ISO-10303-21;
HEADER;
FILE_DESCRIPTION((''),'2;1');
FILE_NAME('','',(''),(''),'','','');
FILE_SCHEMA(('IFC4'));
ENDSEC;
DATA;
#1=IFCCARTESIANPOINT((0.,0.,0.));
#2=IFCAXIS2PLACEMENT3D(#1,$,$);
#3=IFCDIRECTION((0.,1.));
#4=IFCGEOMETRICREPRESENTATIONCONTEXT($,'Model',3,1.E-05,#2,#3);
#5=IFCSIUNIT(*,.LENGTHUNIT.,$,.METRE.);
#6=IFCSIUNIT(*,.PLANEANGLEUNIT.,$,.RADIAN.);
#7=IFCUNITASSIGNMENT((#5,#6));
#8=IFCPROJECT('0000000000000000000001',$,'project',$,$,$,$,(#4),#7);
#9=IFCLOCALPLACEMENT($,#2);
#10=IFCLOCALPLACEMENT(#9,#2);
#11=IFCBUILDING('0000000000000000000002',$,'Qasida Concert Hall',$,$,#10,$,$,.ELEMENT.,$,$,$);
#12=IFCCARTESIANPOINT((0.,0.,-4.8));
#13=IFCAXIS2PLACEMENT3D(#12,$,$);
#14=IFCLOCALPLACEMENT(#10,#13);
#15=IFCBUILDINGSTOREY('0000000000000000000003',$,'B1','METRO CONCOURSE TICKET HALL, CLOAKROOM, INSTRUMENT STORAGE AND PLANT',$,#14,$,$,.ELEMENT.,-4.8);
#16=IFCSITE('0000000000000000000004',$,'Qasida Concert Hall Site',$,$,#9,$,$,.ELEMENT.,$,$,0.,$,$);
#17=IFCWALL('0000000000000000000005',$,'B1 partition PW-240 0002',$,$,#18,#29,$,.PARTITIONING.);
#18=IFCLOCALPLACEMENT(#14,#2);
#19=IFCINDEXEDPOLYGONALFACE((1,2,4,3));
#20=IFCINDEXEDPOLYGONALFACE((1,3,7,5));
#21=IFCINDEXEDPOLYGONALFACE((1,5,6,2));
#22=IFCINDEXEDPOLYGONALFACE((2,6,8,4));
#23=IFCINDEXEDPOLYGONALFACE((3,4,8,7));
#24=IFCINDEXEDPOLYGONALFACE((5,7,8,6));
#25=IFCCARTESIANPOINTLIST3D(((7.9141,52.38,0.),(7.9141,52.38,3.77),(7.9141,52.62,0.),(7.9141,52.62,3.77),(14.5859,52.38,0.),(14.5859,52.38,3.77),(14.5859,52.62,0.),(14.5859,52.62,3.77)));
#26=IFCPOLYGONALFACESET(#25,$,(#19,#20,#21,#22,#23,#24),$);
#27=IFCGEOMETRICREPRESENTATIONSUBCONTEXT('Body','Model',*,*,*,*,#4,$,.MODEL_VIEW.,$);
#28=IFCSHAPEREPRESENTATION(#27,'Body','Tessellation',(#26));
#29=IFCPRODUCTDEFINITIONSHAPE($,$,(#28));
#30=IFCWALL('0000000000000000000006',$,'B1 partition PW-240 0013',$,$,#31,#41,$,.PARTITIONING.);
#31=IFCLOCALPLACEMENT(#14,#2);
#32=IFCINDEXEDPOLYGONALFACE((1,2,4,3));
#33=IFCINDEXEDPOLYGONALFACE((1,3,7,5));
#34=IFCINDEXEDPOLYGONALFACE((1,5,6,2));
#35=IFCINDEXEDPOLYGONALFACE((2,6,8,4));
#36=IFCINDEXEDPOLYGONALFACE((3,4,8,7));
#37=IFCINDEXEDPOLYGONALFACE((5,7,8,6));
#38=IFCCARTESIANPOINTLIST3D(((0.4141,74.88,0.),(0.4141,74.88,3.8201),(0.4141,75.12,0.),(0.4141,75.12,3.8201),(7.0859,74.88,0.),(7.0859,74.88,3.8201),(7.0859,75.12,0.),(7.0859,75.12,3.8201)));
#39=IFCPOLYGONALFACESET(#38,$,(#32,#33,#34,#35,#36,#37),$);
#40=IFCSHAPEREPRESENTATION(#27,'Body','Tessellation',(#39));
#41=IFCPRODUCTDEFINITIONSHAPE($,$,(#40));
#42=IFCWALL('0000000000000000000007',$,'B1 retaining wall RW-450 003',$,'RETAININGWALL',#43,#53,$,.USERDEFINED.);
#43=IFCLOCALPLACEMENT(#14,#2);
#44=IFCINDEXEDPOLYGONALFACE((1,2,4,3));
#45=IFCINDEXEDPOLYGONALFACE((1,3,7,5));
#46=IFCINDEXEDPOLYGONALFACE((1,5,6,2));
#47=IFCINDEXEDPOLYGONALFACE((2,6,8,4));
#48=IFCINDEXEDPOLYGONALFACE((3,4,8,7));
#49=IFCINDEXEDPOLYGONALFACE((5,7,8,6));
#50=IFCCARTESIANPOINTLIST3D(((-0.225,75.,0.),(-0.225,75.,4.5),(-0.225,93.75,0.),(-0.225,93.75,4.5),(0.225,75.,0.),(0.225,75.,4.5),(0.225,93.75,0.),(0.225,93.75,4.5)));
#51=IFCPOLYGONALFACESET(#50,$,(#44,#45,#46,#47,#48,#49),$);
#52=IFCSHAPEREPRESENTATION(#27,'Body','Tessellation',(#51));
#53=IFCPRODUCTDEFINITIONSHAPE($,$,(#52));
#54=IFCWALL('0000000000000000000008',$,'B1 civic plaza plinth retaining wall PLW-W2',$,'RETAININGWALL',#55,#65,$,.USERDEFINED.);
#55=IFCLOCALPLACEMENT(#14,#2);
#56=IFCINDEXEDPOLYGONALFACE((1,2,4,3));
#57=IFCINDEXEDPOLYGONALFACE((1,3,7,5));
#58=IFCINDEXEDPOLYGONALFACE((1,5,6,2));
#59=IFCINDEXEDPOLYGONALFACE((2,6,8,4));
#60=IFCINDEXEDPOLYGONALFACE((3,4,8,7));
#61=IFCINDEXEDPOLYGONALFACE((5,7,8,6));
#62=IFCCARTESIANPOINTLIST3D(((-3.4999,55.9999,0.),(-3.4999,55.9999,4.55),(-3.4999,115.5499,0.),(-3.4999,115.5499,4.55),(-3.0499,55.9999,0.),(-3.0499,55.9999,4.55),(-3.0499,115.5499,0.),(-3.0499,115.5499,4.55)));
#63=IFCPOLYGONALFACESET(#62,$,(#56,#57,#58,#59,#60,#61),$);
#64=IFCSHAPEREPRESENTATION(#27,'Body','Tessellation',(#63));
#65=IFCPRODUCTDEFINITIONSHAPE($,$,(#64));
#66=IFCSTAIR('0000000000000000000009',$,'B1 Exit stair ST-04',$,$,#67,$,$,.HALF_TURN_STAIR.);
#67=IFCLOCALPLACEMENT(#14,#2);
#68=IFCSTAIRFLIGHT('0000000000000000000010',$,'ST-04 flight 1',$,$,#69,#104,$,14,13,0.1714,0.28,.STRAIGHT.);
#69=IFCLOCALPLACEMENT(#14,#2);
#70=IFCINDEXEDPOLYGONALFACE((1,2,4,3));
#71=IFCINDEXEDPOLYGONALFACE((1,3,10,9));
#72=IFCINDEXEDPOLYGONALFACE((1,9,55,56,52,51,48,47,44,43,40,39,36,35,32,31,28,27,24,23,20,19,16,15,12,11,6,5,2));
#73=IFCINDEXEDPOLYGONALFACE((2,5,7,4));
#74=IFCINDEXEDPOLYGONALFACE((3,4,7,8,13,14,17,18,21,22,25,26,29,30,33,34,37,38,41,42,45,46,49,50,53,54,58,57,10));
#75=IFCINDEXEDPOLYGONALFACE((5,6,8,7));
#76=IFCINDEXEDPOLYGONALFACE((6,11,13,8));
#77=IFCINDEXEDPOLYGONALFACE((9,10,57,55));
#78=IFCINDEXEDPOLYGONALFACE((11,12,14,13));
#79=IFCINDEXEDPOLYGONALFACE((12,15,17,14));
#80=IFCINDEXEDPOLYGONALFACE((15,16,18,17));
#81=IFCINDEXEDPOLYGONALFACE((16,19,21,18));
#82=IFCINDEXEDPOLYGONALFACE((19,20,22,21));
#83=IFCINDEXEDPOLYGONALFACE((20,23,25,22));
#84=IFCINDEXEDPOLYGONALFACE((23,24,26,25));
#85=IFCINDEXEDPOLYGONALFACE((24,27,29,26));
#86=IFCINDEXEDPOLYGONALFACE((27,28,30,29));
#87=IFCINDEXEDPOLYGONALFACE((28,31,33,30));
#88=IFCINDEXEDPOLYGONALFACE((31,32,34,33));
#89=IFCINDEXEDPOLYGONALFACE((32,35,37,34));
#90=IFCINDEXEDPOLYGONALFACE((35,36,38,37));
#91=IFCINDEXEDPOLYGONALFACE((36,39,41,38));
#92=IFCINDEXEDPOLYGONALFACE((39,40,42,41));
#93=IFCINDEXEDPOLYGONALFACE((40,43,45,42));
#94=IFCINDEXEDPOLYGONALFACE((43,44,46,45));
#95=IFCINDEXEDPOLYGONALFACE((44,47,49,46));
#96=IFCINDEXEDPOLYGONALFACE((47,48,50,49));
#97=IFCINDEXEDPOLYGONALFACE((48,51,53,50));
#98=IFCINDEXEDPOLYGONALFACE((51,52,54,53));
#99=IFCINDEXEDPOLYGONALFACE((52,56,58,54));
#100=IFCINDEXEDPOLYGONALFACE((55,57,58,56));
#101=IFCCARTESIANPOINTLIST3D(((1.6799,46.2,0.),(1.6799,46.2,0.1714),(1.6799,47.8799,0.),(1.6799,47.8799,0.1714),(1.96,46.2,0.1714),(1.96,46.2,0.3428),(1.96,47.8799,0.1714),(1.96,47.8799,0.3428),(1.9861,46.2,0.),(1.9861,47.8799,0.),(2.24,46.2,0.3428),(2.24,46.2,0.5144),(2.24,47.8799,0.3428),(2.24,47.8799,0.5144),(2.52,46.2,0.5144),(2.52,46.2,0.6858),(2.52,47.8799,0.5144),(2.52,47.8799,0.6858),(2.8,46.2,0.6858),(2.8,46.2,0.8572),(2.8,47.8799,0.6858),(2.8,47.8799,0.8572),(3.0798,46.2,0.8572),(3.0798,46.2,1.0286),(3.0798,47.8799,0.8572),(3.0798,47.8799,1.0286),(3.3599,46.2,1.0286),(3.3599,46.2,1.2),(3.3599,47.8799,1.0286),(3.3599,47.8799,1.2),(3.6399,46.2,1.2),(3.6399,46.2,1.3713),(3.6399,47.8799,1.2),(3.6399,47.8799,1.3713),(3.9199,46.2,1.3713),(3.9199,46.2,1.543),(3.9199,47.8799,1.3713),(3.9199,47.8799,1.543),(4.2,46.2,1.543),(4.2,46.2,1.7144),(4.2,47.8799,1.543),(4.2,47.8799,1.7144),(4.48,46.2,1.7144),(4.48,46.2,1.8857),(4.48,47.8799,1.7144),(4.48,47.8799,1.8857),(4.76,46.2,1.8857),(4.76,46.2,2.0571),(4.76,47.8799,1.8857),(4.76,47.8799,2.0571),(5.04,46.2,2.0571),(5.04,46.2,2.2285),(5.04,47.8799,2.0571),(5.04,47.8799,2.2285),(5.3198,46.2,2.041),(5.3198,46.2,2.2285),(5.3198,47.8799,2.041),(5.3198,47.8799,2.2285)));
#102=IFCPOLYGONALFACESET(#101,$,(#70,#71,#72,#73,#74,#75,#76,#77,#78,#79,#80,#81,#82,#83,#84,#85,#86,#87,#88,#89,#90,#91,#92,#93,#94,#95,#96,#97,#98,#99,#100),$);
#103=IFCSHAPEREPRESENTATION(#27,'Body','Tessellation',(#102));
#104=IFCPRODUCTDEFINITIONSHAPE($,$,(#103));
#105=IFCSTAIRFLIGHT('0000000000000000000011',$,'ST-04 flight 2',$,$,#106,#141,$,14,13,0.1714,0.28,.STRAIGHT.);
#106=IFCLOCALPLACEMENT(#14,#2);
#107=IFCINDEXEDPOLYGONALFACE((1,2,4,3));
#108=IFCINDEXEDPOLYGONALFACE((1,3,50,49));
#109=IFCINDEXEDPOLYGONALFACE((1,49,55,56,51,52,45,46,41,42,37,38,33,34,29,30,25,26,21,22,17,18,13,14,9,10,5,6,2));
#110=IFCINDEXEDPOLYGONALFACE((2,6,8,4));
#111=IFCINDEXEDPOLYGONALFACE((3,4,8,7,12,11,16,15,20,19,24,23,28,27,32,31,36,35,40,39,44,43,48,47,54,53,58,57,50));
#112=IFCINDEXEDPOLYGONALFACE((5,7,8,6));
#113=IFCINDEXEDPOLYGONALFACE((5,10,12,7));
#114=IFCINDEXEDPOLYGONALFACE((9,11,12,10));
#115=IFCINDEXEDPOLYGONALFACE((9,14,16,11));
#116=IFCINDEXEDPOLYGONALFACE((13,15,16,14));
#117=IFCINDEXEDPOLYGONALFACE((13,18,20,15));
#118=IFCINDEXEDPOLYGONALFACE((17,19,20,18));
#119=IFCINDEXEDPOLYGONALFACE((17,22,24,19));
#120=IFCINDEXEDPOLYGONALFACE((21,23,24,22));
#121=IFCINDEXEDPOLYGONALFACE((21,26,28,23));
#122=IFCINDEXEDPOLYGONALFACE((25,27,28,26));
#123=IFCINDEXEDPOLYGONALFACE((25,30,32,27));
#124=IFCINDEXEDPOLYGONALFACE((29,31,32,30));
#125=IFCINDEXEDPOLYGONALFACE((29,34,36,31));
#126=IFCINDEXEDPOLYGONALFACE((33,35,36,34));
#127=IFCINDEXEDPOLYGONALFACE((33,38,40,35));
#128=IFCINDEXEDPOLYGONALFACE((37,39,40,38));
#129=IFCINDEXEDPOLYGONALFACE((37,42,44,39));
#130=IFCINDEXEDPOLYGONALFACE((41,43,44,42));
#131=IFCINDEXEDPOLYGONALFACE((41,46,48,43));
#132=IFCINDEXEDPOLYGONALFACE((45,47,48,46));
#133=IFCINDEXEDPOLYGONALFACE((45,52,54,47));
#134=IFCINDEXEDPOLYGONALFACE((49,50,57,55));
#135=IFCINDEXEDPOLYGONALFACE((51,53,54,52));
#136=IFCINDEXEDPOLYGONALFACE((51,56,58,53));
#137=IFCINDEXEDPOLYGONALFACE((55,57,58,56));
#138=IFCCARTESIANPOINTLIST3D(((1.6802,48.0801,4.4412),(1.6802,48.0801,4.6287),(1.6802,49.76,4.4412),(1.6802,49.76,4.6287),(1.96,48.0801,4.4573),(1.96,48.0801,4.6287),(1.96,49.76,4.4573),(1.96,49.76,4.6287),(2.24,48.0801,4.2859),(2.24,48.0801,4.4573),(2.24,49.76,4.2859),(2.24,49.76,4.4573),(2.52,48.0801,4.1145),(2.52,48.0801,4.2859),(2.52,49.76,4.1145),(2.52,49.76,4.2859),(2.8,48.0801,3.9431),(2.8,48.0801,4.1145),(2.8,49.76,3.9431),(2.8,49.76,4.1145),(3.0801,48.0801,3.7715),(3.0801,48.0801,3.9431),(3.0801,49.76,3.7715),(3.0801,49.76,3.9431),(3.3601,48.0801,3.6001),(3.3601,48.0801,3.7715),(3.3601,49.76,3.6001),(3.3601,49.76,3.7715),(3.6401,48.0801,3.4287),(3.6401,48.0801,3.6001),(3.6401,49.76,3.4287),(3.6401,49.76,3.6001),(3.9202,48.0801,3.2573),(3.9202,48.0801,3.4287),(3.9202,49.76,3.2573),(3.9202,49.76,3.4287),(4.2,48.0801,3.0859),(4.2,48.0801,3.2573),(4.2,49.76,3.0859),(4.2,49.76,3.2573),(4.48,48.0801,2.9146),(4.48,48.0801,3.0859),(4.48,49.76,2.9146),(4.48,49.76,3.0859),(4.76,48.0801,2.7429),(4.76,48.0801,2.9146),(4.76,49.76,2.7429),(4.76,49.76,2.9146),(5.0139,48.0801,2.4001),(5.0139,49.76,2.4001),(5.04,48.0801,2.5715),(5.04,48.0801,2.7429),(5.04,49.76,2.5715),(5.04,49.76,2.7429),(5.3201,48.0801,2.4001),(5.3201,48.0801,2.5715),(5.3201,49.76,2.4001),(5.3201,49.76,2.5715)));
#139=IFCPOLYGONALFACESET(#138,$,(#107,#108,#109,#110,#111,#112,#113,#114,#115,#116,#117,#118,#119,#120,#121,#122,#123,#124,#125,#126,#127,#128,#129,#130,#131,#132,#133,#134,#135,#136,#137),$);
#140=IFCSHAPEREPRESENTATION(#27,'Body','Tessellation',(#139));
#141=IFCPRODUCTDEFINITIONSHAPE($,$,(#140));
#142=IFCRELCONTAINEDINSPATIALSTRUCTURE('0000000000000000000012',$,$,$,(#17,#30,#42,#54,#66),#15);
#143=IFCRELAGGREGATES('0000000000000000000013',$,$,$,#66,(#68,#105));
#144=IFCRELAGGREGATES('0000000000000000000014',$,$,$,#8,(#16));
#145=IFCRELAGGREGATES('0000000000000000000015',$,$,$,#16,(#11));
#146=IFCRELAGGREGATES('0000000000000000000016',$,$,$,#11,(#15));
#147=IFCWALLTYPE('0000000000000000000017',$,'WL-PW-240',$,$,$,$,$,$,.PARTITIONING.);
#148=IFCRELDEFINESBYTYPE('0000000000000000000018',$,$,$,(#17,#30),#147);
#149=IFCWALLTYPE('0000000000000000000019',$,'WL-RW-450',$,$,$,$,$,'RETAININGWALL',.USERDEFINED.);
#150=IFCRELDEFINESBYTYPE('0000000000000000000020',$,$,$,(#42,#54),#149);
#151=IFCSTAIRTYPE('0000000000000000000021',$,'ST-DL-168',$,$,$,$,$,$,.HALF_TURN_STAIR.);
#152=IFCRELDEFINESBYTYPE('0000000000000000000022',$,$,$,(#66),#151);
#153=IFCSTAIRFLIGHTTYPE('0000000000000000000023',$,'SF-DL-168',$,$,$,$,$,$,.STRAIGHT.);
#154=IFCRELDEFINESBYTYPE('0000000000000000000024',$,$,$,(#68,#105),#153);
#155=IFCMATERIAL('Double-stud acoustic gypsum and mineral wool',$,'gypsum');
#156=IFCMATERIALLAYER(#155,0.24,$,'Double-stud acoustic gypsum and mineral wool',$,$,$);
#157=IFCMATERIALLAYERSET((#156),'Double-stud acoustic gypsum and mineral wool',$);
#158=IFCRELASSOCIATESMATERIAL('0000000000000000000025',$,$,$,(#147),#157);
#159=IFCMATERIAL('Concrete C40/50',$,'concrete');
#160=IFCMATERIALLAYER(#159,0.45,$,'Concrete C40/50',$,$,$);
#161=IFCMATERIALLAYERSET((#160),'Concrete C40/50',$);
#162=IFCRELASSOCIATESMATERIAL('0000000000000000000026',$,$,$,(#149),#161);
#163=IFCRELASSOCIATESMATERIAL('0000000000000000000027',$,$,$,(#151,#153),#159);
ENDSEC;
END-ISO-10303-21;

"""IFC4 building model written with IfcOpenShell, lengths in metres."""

from ifc_helpers import new_model, si_unit, direction, frame, frame_2d, origin, place, context, subcontext, project, spatial, polyline, rectangle, outline, extrude, material, layer, layer_set, type_object, element, aggregate, save


model = new_model("IFC4")

# Units and contexts
model_context = context("Model", 3, precision=1e-05, world=origin(), true_north=direction((0.0, 1.0)))
body_context = subcontext(model_context, "Body", "Model", "MODEL_VIEW")
ifc_project = project(units=[si_unit("LENGTHUNIT", "METRE"), si_unit("PLANEANGLEUNIT", "RADIAN")], contexts=[model_context])

# Site, building, storey
site_placement = place(None, origin())
site = spatial("IfcSite", under=ifc_project, at=site_placement, Name="Qasida Concert Hall Site", CompositionType="ELEMENT", RefElevation=0.0)
building_placement = place(site_placement, origin())
building = spatial("IfcBuilding", under=site, at=building_placement, Name="Qasida Concert Hall", CompositionType="ELEMENT")
storey_placement = place(building_placement, frame((0.0, 0.0, -4.8)))
storey = spatial("IfcBuildingStorey", under=building, at=storey_placement, Name="B1", Description="METRO CONCOURSE TICKET HALL, CLOAKROOM, INSTRUMENT STORAGE AND PLANT", CompositionType="ELEMENT", Elevation=-4.8)

# Shared definitions
ifc_material_1 = material(Name="Concrete C40/50", Category="concrete")

# Walls
ifc_material_2 = material(Name="Double-stud acoustic gypsum and mineral wool", Category="gypsum")
ifc_layer_1 = layer(ifc_material_2, 0.24, Name="Double-stud acoustic gypsum and mineral wool")
ifc_layer_set_1 = layer_set([ifc_layer_1], Name="Double-stud acoustic gypsum and mineral wool")
wall_type_1 = type_object("IfcWallType", Name="WL-PW-240", PredefinedType="PARTITIONING", material=ifc_layer_set_1)
for number, where, z_axis, x_axis, name in (
    (1, (7.9141, 52.5, 0.0), (0.0, 0.0, 1.0), (1.0, 0.0, 0.0), "B1 partition PW-240 0002"),
):
    element("IfcWall", number, at=place(storey_placement, frame(where, z_axis=z_axis, x_axis=x_axis)), inside=storey, type_object=wall_type_1, Name=name, PredefinedType="PARTITIONING", context=body_context, shape_type="SweptSolid", body=[
        extrude(rectangle(XDim=6.6719, YDim=0.24, at=frame_2d((3.3359, 0.0))), origin(), (0.0, 0.0, 1.0), 3.77),
    ])
wall_1_placement = place(storey_placement, frame((0.4141, 75.0, 0.0), z_axis=(0.0, 0.0, 1.0), x_axis=(1.0, 0.0, 0.0)))
element("IfcWall", 2, at=wall_1_placement, inside=storey, type_object=wall_type_1, Name="B1 partition PW-240 0013", PredefinedType="PARTITIONING", context=body_context, shape_type="SweptSolid", body=[
    extrude(rectangle(XDim=6.6719, YDim=0.24, at=frame_2d((3.3359, 0.0))), origin(), (0.0, 0.0, 1.0), 3.8201),
])
ifc_layer_2 = layer(ifc_material_1, 0.45, Name="Concrete C40/50")
ifc_layer_set_2 = layer_set([ifc_layer_2], Name="Concrete C40/50")
wall_type_2 = type_object("IfcWallType", Name="WL-RW-450", ElementType="RETAININGWALL", PredefinedType="USERDEFINED", material=ifc_layer_set_2)
wall_2_placement = place(storey_placement, frame((0.0, 75.0, 0.0), z_axis=(0.0, 0.0, 1.0), x_axis=(0.0, 1.0, 0.0)))
element("IfcWall", 3, at=wall_2_placement, inside=storey, type_object=wall_type_2, Name="B1 retaining wall RW-450 003", ObjectType="RETAININGWALL", PredefinedType="USERDEFINED", context=body_context, shape_type="SweptSolid", body=[
    extrude(rectangle(XDim=18.75, YDim=0.45, at=frame_2d((9.375, 0.0))), origin(), (0.0, 0.0, 1.0), 4.5),
])
wall_3_placement = place(storey_placement, frame((-3.2749, 56.0, 0.0), z_axis=(0.0, 0.0, 1.0), x_axis=(0.0, 1.0, 0.0)))
element("IfcWall", 4, at=wall_3_placement, inside=storey, type_object=wall_type_2, Name="B1 civic plaza plinth retaining wall PLW-W2", ObjectType="RETAININGWALL", PredefinedType="USERDEFINED", context=body_context, shape_type="SweptSolid", body=[
    extrude(rectangle(XDim=59.55, YDim=0.45, at=frame_2d((29.7749, 0.0))), origin(), (0.0, 0.0, 1.0), 4.55),
])

# Stair, stair flights
stair_type = type_object("IfcStairType", Name="ST-DL-168", PredefinedType="HALF_TURN_STAIR", material=ifc_material_1)
stair_placement = place(storey_placement, origin())
stair = element("IfcStair", 5, at=stair_placement, inside=storey, type_object=stair_type, Name="B1 Exit stair ST-04", PredefinedType="HALF_TURN_STAIR")
stair_flight_type = type_object("IfcStairFlightType", Name="SF-DL-168", PredefinedType="STRAIGHT", material=ifc_material_1)
stair_flight_1_placement = place(storey_placement, frame((1.6799, 47.04, 0.0), z_axis=(0.0, 0.0, 1.0), x_axis=(1.0, 0.0, 0.0)))
stair_flight_1 = element("IfcStairFlight", 6, at=stair_flight_1_placement, type_object=stair_flight_type, Name="ST-04 flight 1", NumberOfRisers=14, NumberOfTreads=13, PredefinedType="STRAIGHT", RiserHeight=0.1714, TreadLength=0.28, context=body_context, shape_type="SweptSolid", body=[
    extrude(outline(polyline([(0.0, 0.0), (0.0, 0.1714), (0.28, 0.1714), (0.28, 0.3428), (0.5601, 0.3428), (0.5601, 0.5144), (0.8401, 0.5144), (0.8401, 0.6858), (1.1201, 0.6858), (1.1201, 0.8572), (1.3999, 0.8572), (1.3999, 1.0286), (1.6799, 1.0286), (1.6799, 1.2), (1.96, 1.2), (1.96, 1.3713), (2.24, 1.3713), (2.24, 1.543), (2.52, 1.543), (2.52, 1.7144), (2.8, 1.7144), (2.8, 1.8857), (3.0801, 1.8857), (3.0801, 2.0571), (3.3601, 2.0571), (3.3601, 2.2285), (3.6399, 2.2285), (3.6399, 2.3999), (3.6399, 2.041), (0.3062, 0.0), (0.0, 0.0)])), frame((0.0, 0.8398, 0.0), z_axis=(0.0, -1.0, 0.0), x_axis=(1.0, 0.0, 0.0)), (0.0, 0.0, 1.0), 1.6799),
])
stair_flight_2_placement = place(storey_placement, frame((5.3201, 48.9199, 2.4001), z_axis=(0.0, 0.0, 1.0), x_axis=(-1.0, 0.0, 0.0)))
stair_flight_2 = element("IfcStairFlight", 7, at=stair_flight_2_placement, type_object=stair_flight_type, Name="ST-04 flight 2", NumberOfRisers=14, NumberOfTreads=13, PredefinedType="STRAIGHT", RiserHeight=0.1714, TreadLength=0.28, context=body_context, shape_type="SweptSolid", body=[
    extrude(outline(polyline([(0.0, 0.0), (0.0, 0.1714), (0.28, 0.1714), (0.28, 0.3428), (0.5601, 0.3428), (0.5601, 0.5144), (0.8401, 0.5144), (0.8401, 0.6858), (1.1201, 0.6858), (1.1201, 0.8572), (1.3999, 0.8572), (1.3999, 1.0286), (1.6799, 1.0286), (1.6799, 1.2), (1.96, 1.2), (1.96, 1.3713), (2.24, 1.3713), (2.24, 1.543), (2.52, 1.543), (2.52, 1.7144), (2.8, 1.7144), (2.8, 1.8857), (3.0801, 1.8857), (3.0801, 2.0571), (3.3601, 2.0571), (3.3601, 2.2285), (3.6399, 2.2285), (3.6399, 2.3999), (3.6399, 2.041), (0.3062, 0.0), (0.0, 0.0)])), frame((0.0, 0.8398, 0.0), z_axis=(0.0, -1.0, 0.0), x_axis=(1.0, 0.0, 0.0)), (0.0, 0.0, 1.0), 1.6799),
])
aggregate(stair, [stair_flight_1, stair_flight_2])

save(model, "model.ifc")
